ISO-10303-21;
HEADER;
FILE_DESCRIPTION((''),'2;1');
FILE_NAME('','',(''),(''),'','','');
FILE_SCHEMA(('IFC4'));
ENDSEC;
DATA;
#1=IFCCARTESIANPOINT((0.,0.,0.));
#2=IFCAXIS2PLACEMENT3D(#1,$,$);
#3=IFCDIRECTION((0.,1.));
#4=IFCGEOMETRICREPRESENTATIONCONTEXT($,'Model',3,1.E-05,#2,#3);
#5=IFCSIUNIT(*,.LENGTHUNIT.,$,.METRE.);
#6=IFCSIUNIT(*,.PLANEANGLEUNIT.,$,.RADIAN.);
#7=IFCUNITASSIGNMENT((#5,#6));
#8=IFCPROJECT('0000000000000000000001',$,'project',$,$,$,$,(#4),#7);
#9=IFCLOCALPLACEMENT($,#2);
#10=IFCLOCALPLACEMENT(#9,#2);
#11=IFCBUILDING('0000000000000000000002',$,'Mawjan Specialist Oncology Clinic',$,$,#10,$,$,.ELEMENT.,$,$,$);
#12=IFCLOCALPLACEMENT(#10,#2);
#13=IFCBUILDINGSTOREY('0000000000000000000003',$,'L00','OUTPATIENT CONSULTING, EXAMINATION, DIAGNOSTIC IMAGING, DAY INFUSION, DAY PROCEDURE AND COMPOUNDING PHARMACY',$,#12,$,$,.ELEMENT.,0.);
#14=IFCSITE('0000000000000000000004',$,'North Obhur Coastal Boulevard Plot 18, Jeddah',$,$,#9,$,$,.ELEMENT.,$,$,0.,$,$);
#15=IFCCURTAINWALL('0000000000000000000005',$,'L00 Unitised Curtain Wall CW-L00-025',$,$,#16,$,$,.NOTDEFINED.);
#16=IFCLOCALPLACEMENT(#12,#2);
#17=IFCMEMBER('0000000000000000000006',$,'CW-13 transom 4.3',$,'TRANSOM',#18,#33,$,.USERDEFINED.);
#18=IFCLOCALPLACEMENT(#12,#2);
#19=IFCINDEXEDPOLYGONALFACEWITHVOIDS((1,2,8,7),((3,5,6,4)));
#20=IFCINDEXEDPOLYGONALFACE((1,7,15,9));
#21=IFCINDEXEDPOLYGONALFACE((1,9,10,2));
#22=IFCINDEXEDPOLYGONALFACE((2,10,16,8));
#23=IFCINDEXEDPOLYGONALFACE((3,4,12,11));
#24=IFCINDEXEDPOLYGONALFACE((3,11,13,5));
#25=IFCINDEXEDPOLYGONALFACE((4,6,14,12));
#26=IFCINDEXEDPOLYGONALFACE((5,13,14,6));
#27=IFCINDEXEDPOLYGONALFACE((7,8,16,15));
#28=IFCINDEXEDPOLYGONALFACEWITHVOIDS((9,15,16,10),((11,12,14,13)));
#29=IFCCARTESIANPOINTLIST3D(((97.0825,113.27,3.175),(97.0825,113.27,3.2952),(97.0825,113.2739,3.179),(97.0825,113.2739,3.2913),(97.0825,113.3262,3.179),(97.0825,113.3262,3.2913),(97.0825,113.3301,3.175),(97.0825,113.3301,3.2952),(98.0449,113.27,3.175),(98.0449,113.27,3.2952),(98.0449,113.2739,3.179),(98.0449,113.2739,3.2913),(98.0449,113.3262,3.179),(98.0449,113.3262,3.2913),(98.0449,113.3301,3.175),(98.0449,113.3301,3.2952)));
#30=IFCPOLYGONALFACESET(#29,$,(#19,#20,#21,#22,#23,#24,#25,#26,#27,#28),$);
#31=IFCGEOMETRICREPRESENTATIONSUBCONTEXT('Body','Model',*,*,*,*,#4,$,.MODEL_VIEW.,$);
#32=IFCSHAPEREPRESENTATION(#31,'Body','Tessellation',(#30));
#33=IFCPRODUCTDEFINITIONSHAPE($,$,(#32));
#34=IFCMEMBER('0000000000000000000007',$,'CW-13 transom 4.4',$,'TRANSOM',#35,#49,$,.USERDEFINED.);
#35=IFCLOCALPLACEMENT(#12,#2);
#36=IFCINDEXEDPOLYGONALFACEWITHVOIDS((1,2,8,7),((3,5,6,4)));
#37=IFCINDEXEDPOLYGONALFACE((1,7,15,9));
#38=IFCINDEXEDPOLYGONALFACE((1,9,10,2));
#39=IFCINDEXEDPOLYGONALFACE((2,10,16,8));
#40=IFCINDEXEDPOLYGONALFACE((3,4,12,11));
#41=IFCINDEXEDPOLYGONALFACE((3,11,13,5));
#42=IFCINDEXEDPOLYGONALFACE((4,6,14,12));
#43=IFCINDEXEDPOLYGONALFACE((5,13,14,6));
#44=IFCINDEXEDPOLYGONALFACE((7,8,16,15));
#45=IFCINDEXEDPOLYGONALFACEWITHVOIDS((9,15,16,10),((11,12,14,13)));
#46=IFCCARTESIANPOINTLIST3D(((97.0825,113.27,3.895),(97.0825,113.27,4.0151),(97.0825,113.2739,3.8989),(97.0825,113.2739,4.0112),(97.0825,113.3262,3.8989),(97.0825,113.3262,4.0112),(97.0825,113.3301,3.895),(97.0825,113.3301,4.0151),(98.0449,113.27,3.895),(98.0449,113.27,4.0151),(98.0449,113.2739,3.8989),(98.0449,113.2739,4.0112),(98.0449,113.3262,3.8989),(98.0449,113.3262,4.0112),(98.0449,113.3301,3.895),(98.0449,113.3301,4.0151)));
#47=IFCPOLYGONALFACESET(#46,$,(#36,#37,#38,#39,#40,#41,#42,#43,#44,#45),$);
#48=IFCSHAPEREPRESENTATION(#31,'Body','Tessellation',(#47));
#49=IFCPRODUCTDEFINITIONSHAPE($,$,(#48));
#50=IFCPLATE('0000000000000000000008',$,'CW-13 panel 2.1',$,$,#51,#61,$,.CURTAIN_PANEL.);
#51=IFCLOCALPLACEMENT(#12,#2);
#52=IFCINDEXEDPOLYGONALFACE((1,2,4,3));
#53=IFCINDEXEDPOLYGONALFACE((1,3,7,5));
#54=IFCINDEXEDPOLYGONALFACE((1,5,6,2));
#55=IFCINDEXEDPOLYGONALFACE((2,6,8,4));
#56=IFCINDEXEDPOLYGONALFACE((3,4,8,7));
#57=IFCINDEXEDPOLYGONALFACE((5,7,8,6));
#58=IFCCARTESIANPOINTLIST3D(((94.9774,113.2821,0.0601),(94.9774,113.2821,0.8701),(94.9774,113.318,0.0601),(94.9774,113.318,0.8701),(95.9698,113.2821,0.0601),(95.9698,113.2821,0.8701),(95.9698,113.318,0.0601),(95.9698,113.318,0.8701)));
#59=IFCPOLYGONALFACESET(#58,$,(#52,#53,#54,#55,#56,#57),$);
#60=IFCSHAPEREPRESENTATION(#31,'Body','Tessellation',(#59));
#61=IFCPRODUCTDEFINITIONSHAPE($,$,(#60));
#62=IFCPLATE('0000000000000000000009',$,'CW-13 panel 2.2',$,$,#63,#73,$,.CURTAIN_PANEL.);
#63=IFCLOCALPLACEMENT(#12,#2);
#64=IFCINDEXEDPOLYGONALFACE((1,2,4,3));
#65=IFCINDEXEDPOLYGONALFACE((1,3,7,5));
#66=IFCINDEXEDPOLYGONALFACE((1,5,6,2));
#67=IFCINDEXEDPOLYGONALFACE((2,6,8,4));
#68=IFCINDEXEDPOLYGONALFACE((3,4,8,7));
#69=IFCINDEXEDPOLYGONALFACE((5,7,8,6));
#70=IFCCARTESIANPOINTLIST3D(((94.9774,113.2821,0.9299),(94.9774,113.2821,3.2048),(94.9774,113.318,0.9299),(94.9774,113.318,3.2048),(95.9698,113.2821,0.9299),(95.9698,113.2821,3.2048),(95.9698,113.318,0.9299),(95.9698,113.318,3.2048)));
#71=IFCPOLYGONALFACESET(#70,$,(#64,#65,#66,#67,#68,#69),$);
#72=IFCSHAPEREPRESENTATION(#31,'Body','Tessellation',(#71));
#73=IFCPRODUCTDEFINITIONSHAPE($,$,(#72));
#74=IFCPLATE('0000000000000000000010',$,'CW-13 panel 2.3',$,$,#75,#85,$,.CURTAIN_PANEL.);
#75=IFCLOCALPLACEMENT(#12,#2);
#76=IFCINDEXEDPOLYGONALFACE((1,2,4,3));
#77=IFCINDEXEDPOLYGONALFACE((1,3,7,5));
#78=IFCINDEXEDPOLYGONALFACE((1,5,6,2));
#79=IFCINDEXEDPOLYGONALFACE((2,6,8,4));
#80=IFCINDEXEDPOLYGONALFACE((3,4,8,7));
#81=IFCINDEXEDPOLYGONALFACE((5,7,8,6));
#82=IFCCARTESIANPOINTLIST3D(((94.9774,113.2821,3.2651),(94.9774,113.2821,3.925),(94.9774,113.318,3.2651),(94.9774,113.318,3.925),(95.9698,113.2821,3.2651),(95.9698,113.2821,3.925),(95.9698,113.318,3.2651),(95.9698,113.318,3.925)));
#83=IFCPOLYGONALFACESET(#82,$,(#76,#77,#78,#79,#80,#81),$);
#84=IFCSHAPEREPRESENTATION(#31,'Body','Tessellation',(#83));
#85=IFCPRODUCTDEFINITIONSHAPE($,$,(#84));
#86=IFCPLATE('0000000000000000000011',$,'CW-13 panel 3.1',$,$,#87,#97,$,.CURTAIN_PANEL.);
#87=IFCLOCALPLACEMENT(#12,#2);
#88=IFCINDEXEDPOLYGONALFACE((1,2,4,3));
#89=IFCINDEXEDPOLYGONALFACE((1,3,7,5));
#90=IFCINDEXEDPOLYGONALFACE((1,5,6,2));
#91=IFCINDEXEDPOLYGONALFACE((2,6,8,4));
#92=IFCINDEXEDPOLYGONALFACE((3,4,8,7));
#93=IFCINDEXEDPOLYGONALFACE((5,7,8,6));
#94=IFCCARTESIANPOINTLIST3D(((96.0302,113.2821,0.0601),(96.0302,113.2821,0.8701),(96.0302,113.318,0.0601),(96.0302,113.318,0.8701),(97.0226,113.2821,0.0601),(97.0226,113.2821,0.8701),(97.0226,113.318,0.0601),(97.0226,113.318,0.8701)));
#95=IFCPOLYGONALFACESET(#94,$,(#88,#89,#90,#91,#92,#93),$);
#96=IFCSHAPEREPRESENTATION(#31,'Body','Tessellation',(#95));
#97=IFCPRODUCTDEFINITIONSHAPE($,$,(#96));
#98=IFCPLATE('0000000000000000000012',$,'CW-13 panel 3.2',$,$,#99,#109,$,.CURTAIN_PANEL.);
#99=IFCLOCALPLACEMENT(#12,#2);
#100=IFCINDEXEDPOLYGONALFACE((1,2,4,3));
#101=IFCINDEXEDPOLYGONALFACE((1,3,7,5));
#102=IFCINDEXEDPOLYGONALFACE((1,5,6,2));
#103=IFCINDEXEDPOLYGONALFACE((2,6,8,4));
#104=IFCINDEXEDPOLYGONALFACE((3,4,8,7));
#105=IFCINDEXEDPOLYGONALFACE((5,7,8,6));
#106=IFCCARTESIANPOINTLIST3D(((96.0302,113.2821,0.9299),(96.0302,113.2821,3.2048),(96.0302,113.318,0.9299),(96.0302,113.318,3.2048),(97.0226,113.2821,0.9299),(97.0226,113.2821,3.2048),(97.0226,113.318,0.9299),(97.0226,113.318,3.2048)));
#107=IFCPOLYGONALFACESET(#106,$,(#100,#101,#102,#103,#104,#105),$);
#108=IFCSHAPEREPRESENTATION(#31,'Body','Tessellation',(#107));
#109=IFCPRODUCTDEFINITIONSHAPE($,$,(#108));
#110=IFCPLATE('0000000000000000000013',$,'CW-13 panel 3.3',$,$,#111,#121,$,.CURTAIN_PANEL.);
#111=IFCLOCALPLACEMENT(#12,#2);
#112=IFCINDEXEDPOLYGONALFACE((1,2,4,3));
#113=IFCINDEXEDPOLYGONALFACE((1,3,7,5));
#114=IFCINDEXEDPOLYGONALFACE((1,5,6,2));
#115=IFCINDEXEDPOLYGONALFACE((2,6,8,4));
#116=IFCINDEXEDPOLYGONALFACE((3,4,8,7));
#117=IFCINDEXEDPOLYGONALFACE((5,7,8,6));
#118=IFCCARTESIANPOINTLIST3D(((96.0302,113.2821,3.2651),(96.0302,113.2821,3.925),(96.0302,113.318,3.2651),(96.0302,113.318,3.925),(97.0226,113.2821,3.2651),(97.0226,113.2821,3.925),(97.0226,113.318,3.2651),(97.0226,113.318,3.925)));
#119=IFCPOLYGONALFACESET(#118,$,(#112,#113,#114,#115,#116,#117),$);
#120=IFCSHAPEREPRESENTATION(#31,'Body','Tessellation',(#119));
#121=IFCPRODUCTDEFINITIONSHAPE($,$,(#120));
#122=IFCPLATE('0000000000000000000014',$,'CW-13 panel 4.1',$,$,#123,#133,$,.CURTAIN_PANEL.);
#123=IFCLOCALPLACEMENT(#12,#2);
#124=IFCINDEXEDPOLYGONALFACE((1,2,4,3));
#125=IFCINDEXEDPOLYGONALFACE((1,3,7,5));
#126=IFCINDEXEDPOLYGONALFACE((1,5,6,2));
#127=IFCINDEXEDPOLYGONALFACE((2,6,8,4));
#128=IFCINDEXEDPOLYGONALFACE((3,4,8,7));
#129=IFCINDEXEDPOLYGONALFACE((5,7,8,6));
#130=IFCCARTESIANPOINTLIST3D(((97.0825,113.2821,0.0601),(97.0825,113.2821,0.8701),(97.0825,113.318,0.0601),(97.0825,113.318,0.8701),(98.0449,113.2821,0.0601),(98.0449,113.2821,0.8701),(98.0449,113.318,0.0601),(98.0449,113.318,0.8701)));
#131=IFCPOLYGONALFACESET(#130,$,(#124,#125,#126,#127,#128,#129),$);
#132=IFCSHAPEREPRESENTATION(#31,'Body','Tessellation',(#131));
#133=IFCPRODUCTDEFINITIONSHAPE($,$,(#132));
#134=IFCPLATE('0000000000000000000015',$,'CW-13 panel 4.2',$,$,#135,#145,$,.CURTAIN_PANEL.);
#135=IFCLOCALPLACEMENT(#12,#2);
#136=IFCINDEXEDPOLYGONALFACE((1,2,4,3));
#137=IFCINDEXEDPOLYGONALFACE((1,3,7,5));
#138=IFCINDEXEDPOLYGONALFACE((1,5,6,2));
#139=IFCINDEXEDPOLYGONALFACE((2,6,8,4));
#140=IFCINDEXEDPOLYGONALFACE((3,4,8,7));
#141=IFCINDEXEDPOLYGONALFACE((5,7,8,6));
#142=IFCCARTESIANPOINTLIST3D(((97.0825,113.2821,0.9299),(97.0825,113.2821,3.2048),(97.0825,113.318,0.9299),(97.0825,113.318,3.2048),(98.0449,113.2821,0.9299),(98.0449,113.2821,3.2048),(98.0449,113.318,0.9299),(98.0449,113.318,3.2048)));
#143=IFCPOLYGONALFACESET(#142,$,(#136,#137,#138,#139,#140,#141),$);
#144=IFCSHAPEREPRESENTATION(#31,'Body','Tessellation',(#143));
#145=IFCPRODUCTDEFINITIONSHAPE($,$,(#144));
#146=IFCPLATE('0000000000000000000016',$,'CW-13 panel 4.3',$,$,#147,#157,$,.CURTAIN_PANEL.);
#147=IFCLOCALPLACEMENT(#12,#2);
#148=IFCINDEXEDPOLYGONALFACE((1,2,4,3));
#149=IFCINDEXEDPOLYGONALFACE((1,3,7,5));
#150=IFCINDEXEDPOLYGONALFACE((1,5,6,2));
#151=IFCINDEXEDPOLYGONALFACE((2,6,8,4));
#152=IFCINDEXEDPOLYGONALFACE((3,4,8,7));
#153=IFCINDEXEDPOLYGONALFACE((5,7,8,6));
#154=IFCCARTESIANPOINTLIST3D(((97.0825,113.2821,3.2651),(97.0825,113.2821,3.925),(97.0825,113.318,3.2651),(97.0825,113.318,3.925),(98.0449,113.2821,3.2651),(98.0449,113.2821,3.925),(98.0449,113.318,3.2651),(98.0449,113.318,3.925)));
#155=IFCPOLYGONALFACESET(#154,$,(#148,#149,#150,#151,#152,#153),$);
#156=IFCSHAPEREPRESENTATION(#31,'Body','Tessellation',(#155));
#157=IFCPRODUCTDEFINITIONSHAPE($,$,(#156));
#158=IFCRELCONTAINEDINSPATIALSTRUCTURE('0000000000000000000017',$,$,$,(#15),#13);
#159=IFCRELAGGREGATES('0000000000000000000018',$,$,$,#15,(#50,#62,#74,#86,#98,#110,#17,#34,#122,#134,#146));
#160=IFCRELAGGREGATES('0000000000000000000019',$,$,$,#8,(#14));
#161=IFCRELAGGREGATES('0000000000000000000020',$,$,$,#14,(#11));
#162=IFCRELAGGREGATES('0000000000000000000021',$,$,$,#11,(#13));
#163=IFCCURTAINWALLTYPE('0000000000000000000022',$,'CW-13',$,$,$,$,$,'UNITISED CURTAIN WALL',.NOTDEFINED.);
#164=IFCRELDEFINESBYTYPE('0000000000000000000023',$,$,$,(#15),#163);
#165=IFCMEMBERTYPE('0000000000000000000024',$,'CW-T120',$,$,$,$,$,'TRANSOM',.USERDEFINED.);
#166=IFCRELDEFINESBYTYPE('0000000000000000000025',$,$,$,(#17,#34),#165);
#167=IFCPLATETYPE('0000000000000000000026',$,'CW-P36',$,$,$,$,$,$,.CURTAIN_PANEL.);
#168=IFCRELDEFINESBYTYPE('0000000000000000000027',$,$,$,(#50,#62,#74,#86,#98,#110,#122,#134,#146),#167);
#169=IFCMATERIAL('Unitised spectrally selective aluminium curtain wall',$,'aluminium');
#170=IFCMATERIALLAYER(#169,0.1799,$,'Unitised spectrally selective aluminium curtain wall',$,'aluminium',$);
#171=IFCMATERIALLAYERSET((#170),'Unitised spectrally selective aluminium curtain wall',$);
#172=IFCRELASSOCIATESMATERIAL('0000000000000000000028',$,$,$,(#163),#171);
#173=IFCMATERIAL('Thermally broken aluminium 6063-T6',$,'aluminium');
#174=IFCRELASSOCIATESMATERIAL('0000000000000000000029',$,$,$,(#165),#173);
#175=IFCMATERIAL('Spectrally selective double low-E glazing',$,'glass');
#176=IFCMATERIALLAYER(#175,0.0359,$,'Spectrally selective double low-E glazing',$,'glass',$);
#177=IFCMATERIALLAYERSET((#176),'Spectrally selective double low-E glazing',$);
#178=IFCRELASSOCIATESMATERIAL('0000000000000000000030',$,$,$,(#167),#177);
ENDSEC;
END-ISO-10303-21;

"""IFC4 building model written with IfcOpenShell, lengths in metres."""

from ifc_helpers import new_model, si_unit, direction, frame, origin, origin_2d, place, context, subcontext, project, spatial, rectangle, hollow_rectangle, extrude, material, layer, layer_set, material_profile, profile_set, type_object, element, aggregate, save


model = new_model("IFC4")

# Units and contexts
model_context = context("Model", 3, precision=1e-05, world=origin(), true_north=direction((0.0, 1.0)))
body_context = subcontext(model_context, "Body", "Model", "MODEL_VIEW")
ifc_project = project(units=[si_unit("LENGTHUNIT", "METRE"), si_unit("PLANEANGLEUNIT", "RADIAN")], contexts=[model_context])

# Site, building, storey
site_placement = place(None, origin())
site = spatial("IfcSite", under=ifc_project, at=site_placement, Name="North Obhur Coastal Boulevard Plot 18, Jeddah", CompositionType="ELEMENT", RefElevation=0.0)
building_placement = place(site_placement, origin())
building = spatial("IfcBuilding", under=site, at=building_placement, Name="Mawjan Specialist Oncology Clinic", CompositionType="ELEMENT")
storey_placement = place(building_placement, origin())
storey = spatial("IfcBuildingStorey", under=building, at=storey_placement, Name="L00", Description="OUTPATIENT CONSULTING, EXAMINATION, DIAGNOSTIC IMAGING, DAY INFUSION, DAY PROCEDURE AND COMPOUNDING PHARMACY", CompositionType="ELEMENT", Elevation=0.0)

# Curtain wall, members, plates
ifc_material_1 = material(Name="Unitised spectrally selective aluminium curtain wall", Category="aluminium")
ifc_layer_1 = layer(ifc_material_1, 0.1799, Name="Unitised spectrally selective aluminium curtain wall", Category="aluminium")
ifc_layer_set_1 = layer_set([ifc_layer_1], Name="Unitised spectrally selective aluminium curtain wall")
curtain_wall_type = type_object("IfcCurtainWallType", Name="CW-13", ElementType="UNITISED CURTAIN WALL", PredefinedType="NOTDEFINED", material=ifc_layer_set_1)
curtain_wall_placement = place(storey_placement, origin())
curtain_wall = element("IfcCurtainWall", 1, at=curtain_wall_placement, inside=storey, type_object=curtain_wall_type, Name="L00 Unitised Curtain Wall CW-L00-025", PredefinedType="NOTDEFINED")
ifc_material_2 = material(Name="Thermally broken aluminium 6063-T6", Category="aluminium")
ifc_material_profile_1 = material_profile(ifc_material_2, hollow_rectangle(XDim=0.0601, YDim=0.1201, WallThickness=0.0039, at=origin_2d()), Name="ALU TRANSOM 120x60x4", Category="aluminium")
ifc_profile_set_1 = profile_set([ifc_material_profile_1], Name="Thermally broken aluminium 6063-T6")
member_type_1 = type_object("IfcMemberType", Name="CW-T120", ElementType="TRANSOM", PredefinedType="USERDEFINED", material=ifc_profile_set_1)
member_1_placement = place(storey_placement, frame((97.0825, 113.3, 3.2351), z_axis=(1.0, 0.0, 0.0), x_axis=(0.0, 1.0, 0.0)))
member_1 = element("IfcMember", 2, at=member_1_placement, type_object=member_type_1, Name="CW-13 transom 4.3", ObjectType="TRANSOM", PredefinedType="USERDEFINED", context=body_context, shape_type="SweptSolid", body=[
    extrude(hollow_rectangle(XDim=0.0601, YDim=0.1201, WallThickness=0.0039, at=origin_2d()), origin(), (0.0, 0.0, 1.0), 0.9624),
])
member_2_placement = place(storey_placement, frame((97.0825, 113.3, 3.9551), z_axis=(1.0, 0.0, 0.0), x_axis=(0.0, 1.0, 0.0)))
member_2 = element("IfcMember", 3, at=member_2_placement, type_object=member_type_1, Name="CW-13 transom 4.4", ObjectType="TRANSOM", PredefinedType="USERDEFINED", context=body_context, shape_type="SweptSolid", body=[
    extrude(hollow_rectangle(XDim=0.0601, YDim=0.1201, WallThickness=0.0039, at=origin_2d()), origin(), (0.0, 0.0, 1.0), 0.9624),
])
ifc_material_3 = material(Name="Spectrally selective double low-E glazing", Category="glass")
ifc_layer_2 = layer(ifc_material_3, 0.0359, Name="Spectrally selective double low-E glazing", Category="glass")
ifc_layer_set_2 = layer_set([ifc_layer_2], Name="Spectrally selective double low-E glazing")
plate_type = type_object("IfcPlateType", Name="CW-P36", PredefinedType="CURTAIN_PANEL", material=ifc_layer_set_2)
plate_1_placement = place(storey_placement, frame((95.4736, 113.3, 0.0601), z_axis=(0.0, 0.0, 1.0), x_axis=(1.0, 0.0, 0.0)))
plate_1 = element("IfcPlate", 4, at=plate_1_placement, type_object=plate_type, Name="CW-13 panel 2.1", PredefinedType="CURTAIN_PANEL", context=body_context, shape_type="SweptSolid", body=[
    extrude(rectangle(XDim=0.9924, YDim=0.0359, at=origin_2d()), origin(), (0.0, 0.0, 1.0), 0.8101),
])
plate_2_placement = place(storey_placement, frame((95.4736, 113.3, 0.9299), z_axis=(0.0, 0.0, 1.0), x_axis=(1.0, 0.0, 0.0)))
plate_2 = element("IfcPlate", 5, at=plate_2_placement, type_object=plate_type, Name="CW-13 panel 2.2", PredefinedType="CURTAIN_PANEL", context=body_context, shape_type="SweptSolid", body=[
    extrude(rectangle(XDim=0.9924, YDim=0.0359, at=origin_2d()), origin(), (0.0, 0.0, 1.0), 2.2749),
])
plate_3_placement = place(storey_placement, frame((95.4736, 113.3, 3.2651), z_axis=(0.0, 0.0, 1.0), x_axis=(1.0, 0.0, 0.0)))
plate_3 = element("IfcPlate", 6, at=plate_3_placement, type_object=plate_type, Name="CW-13 panel 2.3", PredefinedType="CURTAIN_PANEL", context=body_context, shape_type="SweptSolid", body=[
    extrude(rectangle(XDim=0.9924, YDim=0.0359, at=origin_2d()), origin(), (0.0, 0.0, 1.0), 0.6599),
])
plate_4_placement = place(storey_placement, frame((96.5264, 113.3, 0.0601), z_axis=(0.0, 0.0, 1.0), x_axis=(1.0, 0.0, 0.0)))
plate_4 = element("IfcPlate", 7, at=plate_4_placement, type_object=plate_type, Name="CW-13 panel 3.1", PredefinedType="CURTAIN_PANEL", context=body_context, shape_type="SweptSolid", body=[
    extrude(rectangle(XDim=0.9924, YDim=0.0359, at=origin_2d()), origin(), (0.0, 0.0, 1.0), 0.8101),
])
plate_5_placement = place(storey_placement, frame((96.5264, 113.3, 0.9299), z_axis=(0.0, 0.0, 1.0), x_axis=(1.0, 0.0, 0.0)))
plate_5 = element("IfcPlate", 8, at=plate_5_placement, type_object=plate_type, Name="CW-13 panel 3.2", PredefinedType="CURTAIN_PANEL", context=body_context, shape_type="SweptSolid", body=[
    extrude(rectangle(XDim=0.9924, YDim=0.0359, at=origin_2d()), origin(), (0.0, 0.0, 1.0), 2.2749),
])
plate_6_placement = place(storey_placement, frame((96.5264, 113.3, 3.2651), z_axis=(0.0, 0.0, 1.0), x_axis=(1.0, 0.0, 0.0)))
plate_6 = element("IfcPlate", 9, at=plate_6_placement, type_object=plate_type, Name="CW-13 panel 3.3", PredefinedType="CURTAIN_PANEL", context=body_context, shape_type="SweptSolid", body=[
    extrude(rectangle(XDim=0.9924, YDim=0.0359, at=origin_2d()), origin(), (0.0, 0.0, 1.0), 0.6599),
])
plate_7_placement = place(storey_placement, frame((97.5637, 113.3, 0.0601), z_axis=(0.0, 0.0, 1.0), x_axis=(1.0, 0.0, 0.0)))
plate_7 = element("IfcPlate", 10, at=plate_7_placement, type_object=plate_type, Name="CW-13 panel 4.1", PredefinedType="CURTAIN_PANEL", context=body_context, shape_type="SweptSolid", body=[
    extrude(rectangle(XDim=0.9624, YDim=0.0359, at=origin_2d()), origin(), (0.0, 0.0, 1.0), 0.8101),
])
plate_8_placement = place(storey_placement, frame((97.5637, 113.3, 0.9299), z_axis=(0.0, 0.0, 1.0), x_axis=(1.0, 0.0, 0.0)))
plate_8 = element("IfcPlate", 11, at=plate_8_placement, type_object=plate_type, Name="CW-13 panel 4.2", PredefinedType="CURTAIN_PANEL", context=body_context, shape_type="SweptSolid", body=[
    extrude(rectangle(XDim=0.9624, YDim=0.0359, at=origin_2d()), origin(), (0.0, 0.0, 1.0), 2.2749),
])
plate_9_placement = place(storey_placement, frame((97.5637, 113.3, 3.2651), z_axis=(0.0, 0.0, 1.0), x_axis=(1.0, 0.0, 0.0)))
plate_9 = element("IfcPlate", 12, at=plate_9_placement, type_object=plate_type, Name="CW-13 panel 4.3", PredefinedType="CURTAIN_PANEL", context=body_context, shape_type="SweptSolid", body=[
    extrude(rectangle(XDim=0.9624, YDim=0.0359, at=origin_2d()), origin(), (0.0, 0.0, 1.0), 0.6599),
])
aggregate(curtain_wall, [plate_1, plate_2, plate_3, plate_4, plate_5, plate_6, member_1, member_2, plate_7, plate_8, plate_9])

save(model, "model.ifc")
